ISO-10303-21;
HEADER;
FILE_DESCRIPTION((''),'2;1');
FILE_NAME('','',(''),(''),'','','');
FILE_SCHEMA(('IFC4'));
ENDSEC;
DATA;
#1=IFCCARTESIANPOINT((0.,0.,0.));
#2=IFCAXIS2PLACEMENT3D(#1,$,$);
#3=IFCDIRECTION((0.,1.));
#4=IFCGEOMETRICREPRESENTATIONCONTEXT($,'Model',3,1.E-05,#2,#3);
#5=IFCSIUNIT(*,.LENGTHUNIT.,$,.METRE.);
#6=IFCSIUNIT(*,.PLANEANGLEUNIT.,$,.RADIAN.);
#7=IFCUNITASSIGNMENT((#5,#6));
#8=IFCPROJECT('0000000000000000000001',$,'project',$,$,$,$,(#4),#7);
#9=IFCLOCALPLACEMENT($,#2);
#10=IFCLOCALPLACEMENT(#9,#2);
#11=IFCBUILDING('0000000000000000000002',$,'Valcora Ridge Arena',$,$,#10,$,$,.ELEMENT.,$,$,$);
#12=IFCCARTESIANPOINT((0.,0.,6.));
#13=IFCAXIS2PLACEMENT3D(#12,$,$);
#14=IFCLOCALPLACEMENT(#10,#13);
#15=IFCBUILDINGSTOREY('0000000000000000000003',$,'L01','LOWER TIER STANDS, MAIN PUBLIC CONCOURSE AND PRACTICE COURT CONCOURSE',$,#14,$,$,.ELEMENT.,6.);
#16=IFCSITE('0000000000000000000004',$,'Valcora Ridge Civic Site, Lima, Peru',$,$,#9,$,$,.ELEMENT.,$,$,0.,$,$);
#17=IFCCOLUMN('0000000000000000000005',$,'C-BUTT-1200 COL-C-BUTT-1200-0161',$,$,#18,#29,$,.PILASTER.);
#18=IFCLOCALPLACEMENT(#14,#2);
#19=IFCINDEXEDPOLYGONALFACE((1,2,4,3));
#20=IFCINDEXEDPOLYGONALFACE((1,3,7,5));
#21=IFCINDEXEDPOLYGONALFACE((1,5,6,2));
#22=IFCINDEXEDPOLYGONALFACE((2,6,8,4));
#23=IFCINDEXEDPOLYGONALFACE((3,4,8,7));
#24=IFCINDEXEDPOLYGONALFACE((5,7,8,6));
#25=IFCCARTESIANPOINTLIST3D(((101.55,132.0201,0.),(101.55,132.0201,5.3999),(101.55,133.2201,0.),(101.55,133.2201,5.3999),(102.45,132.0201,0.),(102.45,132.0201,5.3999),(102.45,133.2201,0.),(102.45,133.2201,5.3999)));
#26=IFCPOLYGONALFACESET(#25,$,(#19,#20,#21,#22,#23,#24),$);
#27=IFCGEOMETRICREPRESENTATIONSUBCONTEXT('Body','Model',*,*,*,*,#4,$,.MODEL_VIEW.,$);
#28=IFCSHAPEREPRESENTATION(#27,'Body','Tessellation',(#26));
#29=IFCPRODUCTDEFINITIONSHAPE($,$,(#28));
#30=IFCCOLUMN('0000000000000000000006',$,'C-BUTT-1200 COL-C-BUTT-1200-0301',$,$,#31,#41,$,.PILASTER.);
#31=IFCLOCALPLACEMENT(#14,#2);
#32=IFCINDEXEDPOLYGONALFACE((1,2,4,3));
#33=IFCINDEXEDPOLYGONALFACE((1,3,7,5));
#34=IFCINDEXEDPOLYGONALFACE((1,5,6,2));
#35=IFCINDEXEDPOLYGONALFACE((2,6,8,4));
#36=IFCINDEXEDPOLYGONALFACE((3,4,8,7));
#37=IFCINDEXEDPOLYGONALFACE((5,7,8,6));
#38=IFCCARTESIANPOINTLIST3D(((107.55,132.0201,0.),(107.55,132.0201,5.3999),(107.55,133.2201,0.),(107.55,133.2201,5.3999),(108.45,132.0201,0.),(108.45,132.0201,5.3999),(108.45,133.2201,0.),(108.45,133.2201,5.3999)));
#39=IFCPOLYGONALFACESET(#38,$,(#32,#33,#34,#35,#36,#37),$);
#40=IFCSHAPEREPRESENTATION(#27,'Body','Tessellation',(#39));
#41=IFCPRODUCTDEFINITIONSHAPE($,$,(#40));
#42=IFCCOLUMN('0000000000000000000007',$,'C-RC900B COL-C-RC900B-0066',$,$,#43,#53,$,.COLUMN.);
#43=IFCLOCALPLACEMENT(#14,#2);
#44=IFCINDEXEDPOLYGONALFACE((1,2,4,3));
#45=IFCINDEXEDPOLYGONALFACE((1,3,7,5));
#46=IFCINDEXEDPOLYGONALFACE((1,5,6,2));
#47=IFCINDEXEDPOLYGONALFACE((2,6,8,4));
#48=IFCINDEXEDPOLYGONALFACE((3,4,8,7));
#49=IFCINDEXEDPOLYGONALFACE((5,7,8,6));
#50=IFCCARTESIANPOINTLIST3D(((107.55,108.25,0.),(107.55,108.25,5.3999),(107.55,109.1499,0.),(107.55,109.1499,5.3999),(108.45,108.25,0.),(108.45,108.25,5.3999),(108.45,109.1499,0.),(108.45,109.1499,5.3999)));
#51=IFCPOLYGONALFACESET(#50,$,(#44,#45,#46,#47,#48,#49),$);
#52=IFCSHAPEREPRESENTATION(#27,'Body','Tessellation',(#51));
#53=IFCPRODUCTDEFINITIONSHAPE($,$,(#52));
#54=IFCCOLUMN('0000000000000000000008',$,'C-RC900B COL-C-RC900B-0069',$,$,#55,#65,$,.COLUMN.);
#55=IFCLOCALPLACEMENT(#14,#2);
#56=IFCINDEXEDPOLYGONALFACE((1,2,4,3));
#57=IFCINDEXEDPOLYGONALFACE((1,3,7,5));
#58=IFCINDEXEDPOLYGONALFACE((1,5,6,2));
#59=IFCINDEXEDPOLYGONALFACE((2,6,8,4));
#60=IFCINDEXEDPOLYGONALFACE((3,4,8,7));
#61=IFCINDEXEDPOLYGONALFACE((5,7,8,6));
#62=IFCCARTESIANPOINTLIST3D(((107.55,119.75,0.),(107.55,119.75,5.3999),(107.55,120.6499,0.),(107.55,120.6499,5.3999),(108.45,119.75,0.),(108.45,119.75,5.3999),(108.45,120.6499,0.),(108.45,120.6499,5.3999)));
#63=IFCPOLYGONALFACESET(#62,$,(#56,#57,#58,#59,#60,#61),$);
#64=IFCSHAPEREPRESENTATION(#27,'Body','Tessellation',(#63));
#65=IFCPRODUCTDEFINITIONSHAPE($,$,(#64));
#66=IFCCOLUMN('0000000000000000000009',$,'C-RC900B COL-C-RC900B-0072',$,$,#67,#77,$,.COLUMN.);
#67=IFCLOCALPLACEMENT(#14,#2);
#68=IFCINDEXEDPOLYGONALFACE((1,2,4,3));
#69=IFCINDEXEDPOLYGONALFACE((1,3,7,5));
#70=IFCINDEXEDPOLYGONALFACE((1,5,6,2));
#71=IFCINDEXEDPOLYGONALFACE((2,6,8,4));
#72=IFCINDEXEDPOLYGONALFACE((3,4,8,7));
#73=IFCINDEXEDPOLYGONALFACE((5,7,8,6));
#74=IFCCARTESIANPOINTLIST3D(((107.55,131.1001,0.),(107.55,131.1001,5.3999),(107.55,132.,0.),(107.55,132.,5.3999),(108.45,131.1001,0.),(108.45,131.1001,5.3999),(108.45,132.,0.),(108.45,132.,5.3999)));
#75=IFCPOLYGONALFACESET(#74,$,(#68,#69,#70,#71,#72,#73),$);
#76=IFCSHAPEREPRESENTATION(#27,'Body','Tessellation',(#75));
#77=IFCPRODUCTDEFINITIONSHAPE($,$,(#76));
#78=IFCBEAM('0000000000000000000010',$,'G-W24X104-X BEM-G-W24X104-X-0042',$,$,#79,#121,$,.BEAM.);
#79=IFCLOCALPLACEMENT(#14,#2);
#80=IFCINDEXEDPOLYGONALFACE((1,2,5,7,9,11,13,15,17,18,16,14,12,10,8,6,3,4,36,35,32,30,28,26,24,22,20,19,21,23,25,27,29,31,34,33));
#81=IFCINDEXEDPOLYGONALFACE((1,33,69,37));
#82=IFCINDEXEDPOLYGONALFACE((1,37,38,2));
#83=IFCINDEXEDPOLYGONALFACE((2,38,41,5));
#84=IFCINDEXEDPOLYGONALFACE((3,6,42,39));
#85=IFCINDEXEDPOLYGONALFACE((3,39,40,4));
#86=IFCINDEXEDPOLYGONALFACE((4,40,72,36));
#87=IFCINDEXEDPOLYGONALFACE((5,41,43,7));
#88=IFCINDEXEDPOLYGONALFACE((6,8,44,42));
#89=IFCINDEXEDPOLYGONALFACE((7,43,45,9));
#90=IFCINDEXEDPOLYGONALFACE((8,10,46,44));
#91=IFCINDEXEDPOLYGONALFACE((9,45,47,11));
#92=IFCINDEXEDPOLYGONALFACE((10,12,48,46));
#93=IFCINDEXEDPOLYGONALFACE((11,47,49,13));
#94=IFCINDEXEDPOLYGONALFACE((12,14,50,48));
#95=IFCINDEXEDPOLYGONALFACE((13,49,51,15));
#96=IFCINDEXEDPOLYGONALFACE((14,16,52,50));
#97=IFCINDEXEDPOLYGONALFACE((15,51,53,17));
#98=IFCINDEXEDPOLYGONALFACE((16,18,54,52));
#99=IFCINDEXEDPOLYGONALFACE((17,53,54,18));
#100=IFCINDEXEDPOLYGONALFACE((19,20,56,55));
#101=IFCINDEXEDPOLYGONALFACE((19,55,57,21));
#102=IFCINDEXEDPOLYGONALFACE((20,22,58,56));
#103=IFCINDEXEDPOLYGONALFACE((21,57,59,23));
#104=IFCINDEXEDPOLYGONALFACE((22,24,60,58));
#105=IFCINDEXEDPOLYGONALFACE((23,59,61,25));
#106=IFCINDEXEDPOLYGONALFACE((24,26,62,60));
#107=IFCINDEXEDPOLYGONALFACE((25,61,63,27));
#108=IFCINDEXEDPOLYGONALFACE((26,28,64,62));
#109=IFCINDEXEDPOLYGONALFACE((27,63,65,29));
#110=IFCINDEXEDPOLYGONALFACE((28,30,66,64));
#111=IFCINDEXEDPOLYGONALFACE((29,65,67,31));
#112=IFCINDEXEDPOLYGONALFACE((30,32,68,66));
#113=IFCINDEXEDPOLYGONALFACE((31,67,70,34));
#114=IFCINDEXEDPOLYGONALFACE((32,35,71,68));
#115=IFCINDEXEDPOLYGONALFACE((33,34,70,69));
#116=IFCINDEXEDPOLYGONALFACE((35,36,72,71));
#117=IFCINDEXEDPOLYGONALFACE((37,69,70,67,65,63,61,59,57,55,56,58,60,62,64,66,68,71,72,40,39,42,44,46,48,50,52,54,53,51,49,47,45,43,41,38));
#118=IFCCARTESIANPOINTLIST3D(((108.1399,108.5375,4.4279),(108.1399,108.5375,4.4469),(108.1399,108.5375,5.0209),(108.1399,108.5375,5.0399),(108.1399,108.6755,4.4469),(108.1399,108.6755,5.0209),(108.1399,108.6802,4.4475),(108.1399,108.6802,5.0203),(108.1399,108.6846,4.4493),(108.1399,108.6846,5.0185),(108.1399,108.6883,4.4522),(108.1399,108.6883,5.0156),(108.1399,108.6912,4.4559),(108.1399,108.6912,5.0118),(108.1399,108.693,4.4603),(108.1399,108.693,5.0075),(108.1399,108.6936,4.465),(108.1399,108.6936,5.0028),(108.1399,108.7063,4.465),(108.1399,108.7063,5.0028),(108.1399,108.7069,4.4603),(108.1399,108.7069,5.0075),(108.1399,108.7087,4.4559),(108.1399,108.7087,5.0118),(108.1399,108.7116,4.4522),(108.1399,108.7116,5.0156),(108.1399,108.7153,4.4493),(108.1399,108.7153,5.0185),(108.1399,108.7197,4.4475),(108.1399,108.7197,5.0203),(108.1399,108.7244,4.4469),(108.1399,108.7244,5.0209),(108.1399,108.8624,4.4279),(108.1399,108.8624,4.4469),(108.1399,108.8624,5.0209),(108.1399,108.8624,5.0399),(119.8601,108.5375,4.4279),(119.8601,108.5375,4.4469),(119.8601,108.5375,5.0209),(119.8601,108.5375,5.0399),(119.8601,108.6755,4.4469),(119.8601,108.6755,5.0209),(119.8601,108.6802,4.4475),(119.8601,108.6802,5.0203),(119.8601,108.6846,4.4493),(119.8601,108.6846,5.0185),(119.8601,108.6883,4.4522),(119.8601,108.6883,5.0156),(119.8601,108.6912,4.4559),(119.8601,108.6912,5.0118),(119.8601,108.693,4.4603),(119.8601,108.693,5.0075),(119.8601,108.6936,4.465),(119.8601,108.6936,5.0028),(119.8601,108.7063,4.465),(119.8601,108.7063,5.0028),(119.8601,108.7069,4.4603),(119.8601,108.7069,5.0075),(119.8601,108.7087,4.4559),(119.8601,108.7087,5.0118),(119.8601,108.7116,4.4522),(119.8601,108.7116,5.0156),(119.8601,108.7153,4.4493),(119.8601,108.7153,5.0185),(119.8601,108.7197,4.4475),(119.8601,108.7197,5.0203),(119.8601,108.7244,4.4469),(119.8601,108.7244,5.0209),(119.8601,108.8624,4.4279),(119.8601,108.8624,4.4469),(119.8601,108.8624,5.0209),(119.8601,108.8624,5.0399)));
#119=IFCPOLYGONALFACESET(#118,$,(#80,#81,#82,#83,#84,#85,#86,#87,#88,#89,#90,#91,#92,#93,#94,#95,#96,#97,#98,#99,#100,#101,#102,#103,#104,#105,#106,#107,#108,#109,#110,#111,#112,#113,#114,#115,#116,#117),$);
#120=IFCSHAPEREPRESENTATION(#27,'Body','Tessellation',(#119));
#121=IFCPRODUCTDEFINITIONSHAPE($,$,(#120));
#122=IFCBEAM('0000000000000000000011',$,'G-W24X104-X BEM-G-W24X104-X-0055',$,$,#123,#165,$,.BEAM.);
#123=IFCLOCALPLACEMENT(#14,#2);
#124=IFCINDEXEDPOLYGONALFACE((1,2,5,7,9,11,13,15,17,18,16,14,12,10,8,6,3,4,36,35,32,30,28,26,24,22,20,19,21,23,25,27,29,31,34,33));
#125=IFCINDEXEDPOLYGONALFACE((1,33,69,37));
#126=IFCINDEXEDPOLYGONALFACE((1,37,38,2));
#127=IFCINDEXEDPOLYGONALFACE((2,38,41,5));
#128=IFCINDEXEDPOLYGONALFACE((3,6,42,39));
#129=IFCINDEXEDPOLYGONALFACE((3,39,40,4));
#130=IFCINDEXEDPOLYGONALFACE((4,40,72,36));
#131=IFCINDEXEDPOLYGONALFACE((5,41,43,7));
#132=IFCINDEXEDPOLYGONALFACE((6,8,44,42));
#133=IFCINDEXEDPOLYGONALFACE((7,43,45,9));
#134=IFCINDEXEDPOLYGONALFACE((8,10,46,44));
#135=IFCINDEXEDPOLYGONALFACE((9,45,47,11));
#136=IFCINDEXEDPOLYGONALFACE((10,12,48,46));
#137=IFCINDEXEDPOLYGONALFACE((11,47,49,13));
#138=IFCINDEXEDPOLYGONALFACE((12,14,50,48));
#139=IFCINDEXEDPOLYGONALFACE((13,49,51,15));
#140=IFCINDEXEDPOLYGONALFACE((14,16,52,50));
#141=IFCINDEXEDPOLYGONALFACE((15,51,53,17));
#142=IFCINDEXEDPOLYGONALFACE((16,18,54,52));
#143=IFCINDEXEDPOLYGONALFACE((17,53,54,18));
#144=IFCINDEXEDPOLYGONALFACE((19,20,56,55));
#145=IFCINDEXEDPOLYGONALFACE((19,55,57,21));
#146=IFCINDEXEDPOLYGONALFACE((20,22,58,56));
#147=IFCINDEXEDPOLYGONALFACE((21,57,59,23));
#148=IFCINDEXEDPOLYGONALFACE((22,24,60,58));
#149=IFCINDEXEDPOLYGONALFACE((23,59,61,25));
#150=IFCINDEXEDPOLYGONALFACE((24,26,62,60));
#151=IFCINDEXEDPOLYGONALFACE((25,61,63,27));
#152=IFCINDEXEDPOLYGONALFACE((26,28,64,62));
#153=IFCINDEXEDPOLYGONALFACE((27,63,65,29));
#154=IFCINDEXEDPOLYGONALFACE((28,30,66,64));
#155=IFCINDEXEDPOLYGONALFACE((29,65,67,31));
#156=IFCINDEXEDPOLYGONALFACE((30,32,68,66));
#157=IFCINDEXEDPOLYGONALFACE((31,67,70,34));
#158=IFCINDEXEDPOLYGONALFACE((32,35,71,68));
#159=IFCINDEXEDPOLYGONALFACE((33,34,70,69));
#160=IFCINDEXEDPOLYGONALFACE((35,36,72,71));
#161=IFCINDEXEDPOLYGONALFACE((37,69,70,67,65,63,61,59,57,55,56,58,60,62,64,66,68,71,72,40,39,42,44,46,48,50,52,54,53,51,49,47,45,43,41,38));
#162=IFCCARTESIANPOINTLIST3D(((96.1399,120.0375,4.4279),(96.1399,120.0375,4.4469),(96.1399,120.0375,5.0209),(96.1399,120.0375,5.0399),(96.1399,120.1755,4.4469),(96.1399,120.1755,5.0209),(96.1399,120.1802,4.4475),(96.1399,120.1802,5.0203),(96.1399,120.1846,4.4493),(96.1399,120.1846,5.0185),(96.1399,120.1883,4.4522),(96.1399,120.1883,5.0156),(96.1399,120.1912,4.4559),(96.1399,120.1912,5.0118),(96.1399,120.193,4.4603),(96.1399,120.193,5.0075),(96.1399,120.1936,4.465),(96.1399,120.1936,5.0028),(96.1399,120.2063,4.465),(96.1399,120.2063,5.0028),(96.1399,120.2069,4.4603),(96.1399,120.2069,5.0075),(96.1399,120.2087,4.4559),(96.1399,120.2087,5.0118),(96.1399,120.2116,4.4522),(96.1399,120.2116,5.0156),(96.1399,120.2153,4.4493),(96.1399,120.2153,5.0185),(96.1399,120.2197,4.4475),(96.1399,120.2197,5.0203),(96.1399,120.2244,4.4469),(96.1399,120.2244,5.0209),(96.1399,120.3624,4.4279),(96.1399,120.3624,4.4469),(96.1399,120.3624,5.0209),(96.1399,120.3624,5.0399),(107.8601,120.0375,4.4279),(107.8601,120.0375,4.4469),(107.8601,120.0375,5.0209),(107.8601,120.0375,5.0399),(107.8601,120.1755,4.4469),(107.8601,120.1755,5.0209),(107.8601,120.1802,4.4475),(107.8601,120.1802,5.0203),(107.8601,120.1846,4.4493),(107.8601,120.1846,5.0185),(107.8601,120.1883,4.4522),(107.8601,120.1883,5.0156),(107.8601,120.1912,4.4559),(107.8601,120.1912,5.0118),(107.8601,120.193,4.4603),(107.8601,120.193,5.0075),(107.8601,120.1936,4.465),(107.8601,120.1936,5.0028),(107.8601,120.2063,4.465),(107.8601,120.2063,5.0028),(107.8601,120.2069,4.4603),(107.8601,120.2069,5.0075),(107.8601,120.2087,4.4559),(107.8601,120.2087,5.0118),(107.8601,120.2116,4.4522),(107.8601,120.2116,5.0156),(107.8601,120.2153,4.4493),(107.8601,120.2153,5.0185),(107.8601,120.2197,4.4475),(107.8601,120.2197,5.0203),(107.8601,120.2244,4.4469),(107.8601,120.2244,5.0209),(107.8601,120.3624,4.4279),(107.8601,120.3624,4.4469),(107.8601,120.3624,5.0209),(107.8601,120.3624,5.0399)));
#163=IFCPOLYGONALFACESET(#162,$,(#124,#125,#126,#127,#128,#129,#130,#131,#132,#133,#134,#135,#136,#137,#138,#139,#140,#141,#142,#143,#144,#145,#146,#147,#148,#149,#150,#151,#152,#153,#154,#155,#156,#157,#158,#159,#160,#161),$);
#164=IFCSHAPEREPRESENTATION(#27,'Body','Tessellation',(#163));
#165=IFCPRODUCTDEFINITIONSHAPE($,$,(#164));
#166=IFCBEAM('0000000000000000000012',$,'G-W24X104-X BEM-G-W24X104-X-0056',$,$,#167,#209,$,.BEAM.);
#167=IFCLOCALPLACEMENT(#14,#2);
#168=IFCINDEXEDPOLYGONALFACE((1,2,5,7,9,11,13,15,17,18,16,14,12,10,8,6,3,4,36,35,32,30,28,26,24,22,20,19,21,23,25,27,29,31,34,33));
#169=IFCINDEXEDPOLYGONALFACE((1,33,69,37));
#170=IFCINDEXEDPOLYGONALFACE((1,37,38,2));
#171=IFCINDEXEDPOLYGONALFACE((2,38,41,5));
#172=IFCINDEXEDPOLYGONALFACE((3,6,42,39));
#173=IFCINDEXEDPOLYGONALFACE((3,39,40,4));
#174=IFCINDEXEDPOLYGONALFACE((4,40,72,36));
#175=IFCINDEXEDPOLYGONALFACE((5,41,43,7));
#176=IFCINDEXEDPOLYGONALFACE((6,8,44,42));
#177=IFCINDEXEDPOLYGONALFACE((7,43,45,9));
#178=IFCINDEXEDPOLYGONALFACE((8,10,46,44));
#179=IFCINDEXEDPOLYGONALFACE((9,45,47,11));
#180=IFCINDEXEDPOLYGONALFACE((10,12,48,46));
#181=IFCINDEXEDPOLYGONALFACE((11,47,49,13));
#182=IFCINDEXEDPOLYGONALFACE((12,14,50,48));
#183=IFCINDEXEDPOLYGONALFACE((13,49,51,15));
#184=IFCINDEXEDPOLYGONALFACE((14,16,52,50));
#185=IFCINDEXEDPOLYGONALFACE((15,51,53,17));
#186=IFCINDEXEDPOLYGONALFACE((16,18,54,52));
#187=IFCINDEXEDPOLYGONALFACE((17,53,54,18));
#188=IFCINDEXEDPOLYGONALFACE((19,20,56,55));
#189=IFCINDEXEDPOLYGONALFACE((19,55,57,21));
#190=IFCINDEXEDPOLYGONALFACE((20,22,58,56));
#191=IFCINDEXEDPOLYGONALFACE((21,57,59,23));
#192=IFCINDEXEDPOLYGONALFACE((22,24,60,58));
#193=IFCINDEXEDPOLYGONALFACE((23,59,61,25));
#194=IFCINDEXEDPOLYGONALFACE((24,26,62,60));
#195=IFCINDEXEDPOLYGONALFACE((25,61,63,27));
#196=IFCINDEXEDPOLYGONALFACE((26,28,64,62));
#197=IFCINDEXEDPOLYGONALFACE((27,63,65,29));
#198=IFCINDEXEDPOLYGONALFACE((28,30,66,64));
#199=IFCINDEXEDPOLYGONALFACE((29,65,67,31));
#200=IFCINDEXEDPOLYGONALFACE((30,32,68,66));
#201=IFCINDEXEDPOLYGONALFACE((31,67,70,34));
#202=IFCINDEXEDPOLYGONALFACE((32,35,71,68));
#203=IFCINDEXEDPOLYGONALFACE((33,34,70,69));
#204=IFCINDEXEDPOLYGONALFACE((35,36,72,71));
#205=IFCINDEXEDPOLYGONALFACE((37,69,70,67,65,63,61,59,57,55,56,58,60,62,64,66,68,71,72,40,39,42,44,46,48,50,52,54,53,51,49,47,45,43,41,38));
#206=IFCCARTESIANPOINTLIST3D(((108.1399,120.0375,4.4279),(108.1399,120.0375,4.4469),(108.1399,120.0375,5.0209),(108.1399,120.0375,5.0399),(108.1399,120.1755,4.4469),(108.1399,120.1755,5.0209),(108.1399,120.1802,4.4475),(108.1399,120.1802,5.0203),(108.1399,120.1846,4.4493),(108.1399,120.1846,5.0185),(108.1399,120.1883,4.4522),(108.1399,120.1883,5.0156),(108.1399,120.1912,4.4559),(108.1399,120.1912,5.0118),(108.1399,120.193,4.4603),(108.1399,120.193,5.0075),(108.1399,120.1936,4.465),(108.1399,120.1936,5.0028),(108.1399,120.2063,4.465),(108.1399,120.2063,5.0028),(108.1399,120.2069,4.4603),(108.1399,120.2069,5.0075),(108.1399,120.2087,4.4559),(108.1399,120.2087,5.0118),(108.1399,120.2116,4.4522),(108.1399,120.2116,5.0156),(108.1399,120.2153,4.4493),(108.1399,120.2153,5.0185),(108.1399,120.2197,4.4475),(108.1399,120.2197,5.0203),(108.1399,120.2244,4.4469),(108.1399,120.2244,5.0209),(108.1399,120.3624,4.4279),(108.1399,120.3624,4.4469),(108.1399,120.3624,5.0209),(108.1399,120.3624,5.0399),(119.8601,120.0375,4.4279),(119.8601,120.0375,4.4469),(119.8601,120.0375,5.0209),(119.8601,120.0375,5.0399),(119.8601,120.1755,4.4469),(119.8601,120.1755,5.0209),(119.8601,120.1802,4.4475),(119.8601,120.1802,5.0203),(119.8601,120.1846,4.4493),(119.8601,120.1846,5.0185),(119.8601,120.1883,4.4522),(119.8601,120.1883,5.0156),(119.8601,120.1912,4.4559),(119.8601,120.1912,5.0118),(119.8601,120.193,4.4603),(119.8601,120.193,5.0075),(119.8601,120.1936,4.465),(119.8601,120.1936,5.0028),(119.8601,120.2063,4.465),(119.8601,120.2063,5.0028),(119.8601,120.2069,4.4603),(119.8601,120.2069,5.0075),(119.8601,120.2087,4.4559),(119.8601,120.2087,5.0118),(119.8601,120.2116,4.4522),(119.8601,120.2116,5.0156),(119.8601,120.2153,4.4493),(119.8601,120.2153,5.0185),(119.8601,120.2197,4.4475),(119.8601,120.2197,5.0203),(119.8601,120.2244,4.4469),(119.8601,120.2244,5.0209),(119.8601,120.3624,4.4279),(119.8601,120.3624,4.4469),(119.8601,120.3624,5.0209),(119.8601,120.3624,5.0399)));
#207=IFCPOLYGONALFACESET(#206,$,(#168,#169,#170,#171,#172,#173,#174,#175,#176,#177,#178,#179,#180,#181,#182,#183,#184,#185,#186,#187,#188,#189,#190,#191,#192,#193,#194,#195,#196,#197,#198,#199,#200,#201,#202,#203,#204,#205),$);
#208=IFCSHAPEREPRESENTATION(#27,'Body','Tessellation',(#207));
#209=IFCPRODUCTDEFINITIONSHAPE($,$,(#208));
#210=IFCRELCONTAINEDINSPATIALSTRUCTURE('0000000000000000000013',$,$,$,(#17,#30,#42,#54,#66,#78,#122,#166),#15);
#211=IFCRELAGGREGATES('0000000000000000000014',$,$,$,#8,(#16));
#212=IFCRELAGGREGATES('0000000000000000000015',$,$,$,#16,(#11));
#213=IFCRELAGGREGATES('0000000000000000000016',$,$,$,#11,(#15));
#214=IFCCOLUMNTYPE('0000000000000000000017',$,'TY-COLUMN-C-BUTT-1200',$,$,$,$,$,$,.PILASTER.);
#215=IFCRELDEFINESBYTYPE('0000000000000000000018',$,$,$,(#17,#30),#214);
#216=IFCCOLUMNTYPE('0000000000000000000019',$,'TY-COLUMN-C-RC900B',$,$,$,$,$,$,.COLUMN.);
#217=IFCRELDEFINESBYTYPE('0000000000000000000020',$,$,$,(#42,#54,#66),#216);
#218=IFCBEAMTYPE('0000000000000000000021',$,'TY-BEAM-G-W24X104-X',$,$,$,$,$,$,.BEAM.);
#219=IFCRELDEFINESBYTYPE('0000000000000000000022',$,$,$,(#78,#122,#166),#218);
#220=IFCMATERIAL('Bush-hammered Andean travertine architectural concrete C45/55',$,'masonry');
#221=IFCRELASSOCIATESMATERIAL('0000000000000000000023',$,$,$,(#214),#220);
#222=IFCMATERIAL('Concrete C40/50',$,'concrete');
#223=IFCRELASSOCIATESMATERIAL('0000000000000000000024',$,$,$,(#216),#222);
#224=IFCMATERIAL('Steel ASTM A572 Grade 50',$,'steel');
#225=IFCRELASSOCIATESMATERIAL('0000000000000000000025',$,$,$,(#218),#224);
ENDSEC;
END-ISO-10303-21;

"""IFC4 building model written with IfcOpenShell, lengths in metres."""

from ifc_helpers import new_model, si_unit, direction, frame, origin, origin_2d, place, context, subcontext, project, spatial, rectangle, i_section, extrude, material, material_profile, profile_set, type_object, element, save


model = new_model("IFC4")

# Units and contexts
model_context = context("Model", 3, precision=1e-05, world=origin(), true_north=direction((0.0, 1.0)))
body_context = subcontext(model_context, "Body", "Model", "MODEL_VIEW")
ifc_project = project(units=[si_unit("LENGTHUNIT", "METRE"), si_unit("PLANEANGLEUNIT", "RADIAN")], contexts=[model_context])

# Site, building, storey
site_placement = place(None, origin())
site = spatial("IfcSite", under=ifc_project, at=site_placement, Name="Valcora Ridge Civic Site, Lima, Peru", CompositionType="ELEMENT", RefElevation=0.0)
building_placement = place(site_placement, origin())
building = spatial("IfcBuilding", under=site, at=building_placement, Name="Valcora Ridge Arena", CompositionType="ELEMENT")
storey_placement = place(building_placement, frame((0.0, 0.0, 6.0)))
storey = spatial("IfcBuildingStorey", under=building, at=storey_placement, Name="L01", Description="LOWER TIER STANDS, MAIN PUBLIC CONCOURSE AND PRACTICE COURT CONCOURSE", CompositionType="ELEMENT", Elevation=6.0)

# Columns
ifc_material_1 = material(Name="Bush-hammered Andean travertine architectural concrete C45/55", Category="masonry")
ifc_material_profile_1 = material_profile(ifc_material_1, rectangle(XDim=0.8999, YDim=1.2, at=origin_2d()), Name="RC 900x1200")
ifc_profile_set_1 = profile_set([ifc_material_profile_1], Name="Bush-hammered Andean travertine architectural concrete C45/55")
column_type_1 = type_object("IfcColumnType", Name="TY-COLUMN-C-BUTT-1200", PredefinedType="PILASTER", material=ifc_profile_set_1)
for number, where, z_axis, x_axis, name in (
    (1, (102.0, 132.6201, 0.0), (0.0, 0.0, 1.0), (1.0, 0.0, 0.0), "C-BUTT-1200 COL-C-BUTT-1200-0161"),
    (2, (108.0, 132.6201, 0.0), (0.0, 0.0, 1.0), (1.0, 0.0, 0.0), "C-BUTT-1200 COL-C-BUTT-1200-0301"),
):
    element("IfcColumn", number, at=place(storey_placement, frame(where, z_axis=z_axis, x_axis=x_axis)), inside=storey, type_object=column_type_1, Name=name, PredefinedType="PILASTER", context=body_context, shape_type="SweptSolid", body=[
        extrude(rectangle(XDim=0.8999, YDim=1.2, at=origin_2d()), origin(), (0.0, 0.0, 1.0), 5.3999),
    ])
ifc_material_2 = material(Name="Concrete C40/50", Category="concrete")
ifc_material_profile_2 = material_profile(ifc_material_2, rectangle(XDim=0.8999, YDim=0.8999, at=origin_2d()), Name="RC 900x900")
ifc_profile_set_2 = profile_set([ifc_material_profile_2], Name="Concrete C40/50")
column_type_2 = type_object("IfcColumnType", Name="TY-COLUMN-C-RC900B", PredefinedType="COLUMN", material=ifc_profile_set_2)
for number, where, z_axis, x_axis, name in (
    (3, (108.0, 108.7, 0.0), (0.0, 0.0, 1.0), (1.0, 0.0, 0.0), "C-RC900B COL-C-RC900B-0066"),
    (4, (108.0, 120.2, 0.0), (0.0, 0.0, 1.0), (1.0, 0.0, 0.0), "C-RC900B COL-C-RC900B-0069"),
    (5, (108.0, 131.55, 0.0), (0.0, 0.0, 1.0), (1.0, 0.0, 0.0), "C-RC900B COL-C-RC900B-0072"),
):
    element("IfcColumn", number, at=place(storey_placement, frame(where, z_axis=z_axis, x_axis=x_axis)), inside=storey, type_object=column_type_2, Name=name, PredefinedType="COLUMN", context=body_context, shape_type="SweptSolid", body=[
        extrude(rectangle(XDim=0.8999, YDim=0.8999, at=origin_2d()), origin(), (0.0, 0.0, 1.0), 5.3999),
    ])

# Beams
ifc_material_3 = material(Name="Steel ASTM A572 Grade 50", Category="steel")
ifc_material_profile_3 = material_profile(ifc_material_3, i_section(OverallWidth=0.325, OverallDepth=0.6121, WebThickness=0.0127, FlangeThickness=0.019, FilletRadius=0.0181, at=origin_2d()), Name="W24X104")
ifc_profile_set_3 = profile_set([ifc_material_profile_3], Name="Steel ASTM A572 Grade 50")
beam_type_1 = type_object("IfcBeamType", Name="TY-BEAM-G-W24X104-X", PredefinedType="BEAM", material=ifc_profile_set_3)
for number, where, z_axis, x_axis, name in (
    (6, (108.1399, 108.7, 4.7339), (1.0, 0.0, 0.0), (0.0, 1.0, 0.0), "G-W24X104-X BEM-G-W24X104-X-0042"),
    (7, (96.1399, 120.2, 4.7339), (1.0, 0.0, 0.0), (0.0, 1.0, 0.0), "G-W24X104-X BEM-G-W24X104-X-0055"),
    (8, (108.1399, 120.2, 4.7339), (1.0, 0.0, 0.0), (0.0, 1.0, 0.0), "G-W24X104-X BEM-G-W24X104-X-0056"),
):
    element("IfcBeam", number, at=place(storey_placement, frame(where, z_axis=z_axis, x_axis=x_axis)), inside=storey, type_object=beam_type_1, Name=name, PredefinedType="BEAM", context=body_context, shape_type="SweptSolid", body=[
        extrude(i_section(OverallWidth=0.325, OverallDepth=0.6121, WebThickness=0.0127, FlangeThickness=0.019, FilletRadius=0.0181, at=origin_2d()), origin(), (0.0, 0.0, 1.0), 11.7202),
    ])

save(model, "model.ifc")
